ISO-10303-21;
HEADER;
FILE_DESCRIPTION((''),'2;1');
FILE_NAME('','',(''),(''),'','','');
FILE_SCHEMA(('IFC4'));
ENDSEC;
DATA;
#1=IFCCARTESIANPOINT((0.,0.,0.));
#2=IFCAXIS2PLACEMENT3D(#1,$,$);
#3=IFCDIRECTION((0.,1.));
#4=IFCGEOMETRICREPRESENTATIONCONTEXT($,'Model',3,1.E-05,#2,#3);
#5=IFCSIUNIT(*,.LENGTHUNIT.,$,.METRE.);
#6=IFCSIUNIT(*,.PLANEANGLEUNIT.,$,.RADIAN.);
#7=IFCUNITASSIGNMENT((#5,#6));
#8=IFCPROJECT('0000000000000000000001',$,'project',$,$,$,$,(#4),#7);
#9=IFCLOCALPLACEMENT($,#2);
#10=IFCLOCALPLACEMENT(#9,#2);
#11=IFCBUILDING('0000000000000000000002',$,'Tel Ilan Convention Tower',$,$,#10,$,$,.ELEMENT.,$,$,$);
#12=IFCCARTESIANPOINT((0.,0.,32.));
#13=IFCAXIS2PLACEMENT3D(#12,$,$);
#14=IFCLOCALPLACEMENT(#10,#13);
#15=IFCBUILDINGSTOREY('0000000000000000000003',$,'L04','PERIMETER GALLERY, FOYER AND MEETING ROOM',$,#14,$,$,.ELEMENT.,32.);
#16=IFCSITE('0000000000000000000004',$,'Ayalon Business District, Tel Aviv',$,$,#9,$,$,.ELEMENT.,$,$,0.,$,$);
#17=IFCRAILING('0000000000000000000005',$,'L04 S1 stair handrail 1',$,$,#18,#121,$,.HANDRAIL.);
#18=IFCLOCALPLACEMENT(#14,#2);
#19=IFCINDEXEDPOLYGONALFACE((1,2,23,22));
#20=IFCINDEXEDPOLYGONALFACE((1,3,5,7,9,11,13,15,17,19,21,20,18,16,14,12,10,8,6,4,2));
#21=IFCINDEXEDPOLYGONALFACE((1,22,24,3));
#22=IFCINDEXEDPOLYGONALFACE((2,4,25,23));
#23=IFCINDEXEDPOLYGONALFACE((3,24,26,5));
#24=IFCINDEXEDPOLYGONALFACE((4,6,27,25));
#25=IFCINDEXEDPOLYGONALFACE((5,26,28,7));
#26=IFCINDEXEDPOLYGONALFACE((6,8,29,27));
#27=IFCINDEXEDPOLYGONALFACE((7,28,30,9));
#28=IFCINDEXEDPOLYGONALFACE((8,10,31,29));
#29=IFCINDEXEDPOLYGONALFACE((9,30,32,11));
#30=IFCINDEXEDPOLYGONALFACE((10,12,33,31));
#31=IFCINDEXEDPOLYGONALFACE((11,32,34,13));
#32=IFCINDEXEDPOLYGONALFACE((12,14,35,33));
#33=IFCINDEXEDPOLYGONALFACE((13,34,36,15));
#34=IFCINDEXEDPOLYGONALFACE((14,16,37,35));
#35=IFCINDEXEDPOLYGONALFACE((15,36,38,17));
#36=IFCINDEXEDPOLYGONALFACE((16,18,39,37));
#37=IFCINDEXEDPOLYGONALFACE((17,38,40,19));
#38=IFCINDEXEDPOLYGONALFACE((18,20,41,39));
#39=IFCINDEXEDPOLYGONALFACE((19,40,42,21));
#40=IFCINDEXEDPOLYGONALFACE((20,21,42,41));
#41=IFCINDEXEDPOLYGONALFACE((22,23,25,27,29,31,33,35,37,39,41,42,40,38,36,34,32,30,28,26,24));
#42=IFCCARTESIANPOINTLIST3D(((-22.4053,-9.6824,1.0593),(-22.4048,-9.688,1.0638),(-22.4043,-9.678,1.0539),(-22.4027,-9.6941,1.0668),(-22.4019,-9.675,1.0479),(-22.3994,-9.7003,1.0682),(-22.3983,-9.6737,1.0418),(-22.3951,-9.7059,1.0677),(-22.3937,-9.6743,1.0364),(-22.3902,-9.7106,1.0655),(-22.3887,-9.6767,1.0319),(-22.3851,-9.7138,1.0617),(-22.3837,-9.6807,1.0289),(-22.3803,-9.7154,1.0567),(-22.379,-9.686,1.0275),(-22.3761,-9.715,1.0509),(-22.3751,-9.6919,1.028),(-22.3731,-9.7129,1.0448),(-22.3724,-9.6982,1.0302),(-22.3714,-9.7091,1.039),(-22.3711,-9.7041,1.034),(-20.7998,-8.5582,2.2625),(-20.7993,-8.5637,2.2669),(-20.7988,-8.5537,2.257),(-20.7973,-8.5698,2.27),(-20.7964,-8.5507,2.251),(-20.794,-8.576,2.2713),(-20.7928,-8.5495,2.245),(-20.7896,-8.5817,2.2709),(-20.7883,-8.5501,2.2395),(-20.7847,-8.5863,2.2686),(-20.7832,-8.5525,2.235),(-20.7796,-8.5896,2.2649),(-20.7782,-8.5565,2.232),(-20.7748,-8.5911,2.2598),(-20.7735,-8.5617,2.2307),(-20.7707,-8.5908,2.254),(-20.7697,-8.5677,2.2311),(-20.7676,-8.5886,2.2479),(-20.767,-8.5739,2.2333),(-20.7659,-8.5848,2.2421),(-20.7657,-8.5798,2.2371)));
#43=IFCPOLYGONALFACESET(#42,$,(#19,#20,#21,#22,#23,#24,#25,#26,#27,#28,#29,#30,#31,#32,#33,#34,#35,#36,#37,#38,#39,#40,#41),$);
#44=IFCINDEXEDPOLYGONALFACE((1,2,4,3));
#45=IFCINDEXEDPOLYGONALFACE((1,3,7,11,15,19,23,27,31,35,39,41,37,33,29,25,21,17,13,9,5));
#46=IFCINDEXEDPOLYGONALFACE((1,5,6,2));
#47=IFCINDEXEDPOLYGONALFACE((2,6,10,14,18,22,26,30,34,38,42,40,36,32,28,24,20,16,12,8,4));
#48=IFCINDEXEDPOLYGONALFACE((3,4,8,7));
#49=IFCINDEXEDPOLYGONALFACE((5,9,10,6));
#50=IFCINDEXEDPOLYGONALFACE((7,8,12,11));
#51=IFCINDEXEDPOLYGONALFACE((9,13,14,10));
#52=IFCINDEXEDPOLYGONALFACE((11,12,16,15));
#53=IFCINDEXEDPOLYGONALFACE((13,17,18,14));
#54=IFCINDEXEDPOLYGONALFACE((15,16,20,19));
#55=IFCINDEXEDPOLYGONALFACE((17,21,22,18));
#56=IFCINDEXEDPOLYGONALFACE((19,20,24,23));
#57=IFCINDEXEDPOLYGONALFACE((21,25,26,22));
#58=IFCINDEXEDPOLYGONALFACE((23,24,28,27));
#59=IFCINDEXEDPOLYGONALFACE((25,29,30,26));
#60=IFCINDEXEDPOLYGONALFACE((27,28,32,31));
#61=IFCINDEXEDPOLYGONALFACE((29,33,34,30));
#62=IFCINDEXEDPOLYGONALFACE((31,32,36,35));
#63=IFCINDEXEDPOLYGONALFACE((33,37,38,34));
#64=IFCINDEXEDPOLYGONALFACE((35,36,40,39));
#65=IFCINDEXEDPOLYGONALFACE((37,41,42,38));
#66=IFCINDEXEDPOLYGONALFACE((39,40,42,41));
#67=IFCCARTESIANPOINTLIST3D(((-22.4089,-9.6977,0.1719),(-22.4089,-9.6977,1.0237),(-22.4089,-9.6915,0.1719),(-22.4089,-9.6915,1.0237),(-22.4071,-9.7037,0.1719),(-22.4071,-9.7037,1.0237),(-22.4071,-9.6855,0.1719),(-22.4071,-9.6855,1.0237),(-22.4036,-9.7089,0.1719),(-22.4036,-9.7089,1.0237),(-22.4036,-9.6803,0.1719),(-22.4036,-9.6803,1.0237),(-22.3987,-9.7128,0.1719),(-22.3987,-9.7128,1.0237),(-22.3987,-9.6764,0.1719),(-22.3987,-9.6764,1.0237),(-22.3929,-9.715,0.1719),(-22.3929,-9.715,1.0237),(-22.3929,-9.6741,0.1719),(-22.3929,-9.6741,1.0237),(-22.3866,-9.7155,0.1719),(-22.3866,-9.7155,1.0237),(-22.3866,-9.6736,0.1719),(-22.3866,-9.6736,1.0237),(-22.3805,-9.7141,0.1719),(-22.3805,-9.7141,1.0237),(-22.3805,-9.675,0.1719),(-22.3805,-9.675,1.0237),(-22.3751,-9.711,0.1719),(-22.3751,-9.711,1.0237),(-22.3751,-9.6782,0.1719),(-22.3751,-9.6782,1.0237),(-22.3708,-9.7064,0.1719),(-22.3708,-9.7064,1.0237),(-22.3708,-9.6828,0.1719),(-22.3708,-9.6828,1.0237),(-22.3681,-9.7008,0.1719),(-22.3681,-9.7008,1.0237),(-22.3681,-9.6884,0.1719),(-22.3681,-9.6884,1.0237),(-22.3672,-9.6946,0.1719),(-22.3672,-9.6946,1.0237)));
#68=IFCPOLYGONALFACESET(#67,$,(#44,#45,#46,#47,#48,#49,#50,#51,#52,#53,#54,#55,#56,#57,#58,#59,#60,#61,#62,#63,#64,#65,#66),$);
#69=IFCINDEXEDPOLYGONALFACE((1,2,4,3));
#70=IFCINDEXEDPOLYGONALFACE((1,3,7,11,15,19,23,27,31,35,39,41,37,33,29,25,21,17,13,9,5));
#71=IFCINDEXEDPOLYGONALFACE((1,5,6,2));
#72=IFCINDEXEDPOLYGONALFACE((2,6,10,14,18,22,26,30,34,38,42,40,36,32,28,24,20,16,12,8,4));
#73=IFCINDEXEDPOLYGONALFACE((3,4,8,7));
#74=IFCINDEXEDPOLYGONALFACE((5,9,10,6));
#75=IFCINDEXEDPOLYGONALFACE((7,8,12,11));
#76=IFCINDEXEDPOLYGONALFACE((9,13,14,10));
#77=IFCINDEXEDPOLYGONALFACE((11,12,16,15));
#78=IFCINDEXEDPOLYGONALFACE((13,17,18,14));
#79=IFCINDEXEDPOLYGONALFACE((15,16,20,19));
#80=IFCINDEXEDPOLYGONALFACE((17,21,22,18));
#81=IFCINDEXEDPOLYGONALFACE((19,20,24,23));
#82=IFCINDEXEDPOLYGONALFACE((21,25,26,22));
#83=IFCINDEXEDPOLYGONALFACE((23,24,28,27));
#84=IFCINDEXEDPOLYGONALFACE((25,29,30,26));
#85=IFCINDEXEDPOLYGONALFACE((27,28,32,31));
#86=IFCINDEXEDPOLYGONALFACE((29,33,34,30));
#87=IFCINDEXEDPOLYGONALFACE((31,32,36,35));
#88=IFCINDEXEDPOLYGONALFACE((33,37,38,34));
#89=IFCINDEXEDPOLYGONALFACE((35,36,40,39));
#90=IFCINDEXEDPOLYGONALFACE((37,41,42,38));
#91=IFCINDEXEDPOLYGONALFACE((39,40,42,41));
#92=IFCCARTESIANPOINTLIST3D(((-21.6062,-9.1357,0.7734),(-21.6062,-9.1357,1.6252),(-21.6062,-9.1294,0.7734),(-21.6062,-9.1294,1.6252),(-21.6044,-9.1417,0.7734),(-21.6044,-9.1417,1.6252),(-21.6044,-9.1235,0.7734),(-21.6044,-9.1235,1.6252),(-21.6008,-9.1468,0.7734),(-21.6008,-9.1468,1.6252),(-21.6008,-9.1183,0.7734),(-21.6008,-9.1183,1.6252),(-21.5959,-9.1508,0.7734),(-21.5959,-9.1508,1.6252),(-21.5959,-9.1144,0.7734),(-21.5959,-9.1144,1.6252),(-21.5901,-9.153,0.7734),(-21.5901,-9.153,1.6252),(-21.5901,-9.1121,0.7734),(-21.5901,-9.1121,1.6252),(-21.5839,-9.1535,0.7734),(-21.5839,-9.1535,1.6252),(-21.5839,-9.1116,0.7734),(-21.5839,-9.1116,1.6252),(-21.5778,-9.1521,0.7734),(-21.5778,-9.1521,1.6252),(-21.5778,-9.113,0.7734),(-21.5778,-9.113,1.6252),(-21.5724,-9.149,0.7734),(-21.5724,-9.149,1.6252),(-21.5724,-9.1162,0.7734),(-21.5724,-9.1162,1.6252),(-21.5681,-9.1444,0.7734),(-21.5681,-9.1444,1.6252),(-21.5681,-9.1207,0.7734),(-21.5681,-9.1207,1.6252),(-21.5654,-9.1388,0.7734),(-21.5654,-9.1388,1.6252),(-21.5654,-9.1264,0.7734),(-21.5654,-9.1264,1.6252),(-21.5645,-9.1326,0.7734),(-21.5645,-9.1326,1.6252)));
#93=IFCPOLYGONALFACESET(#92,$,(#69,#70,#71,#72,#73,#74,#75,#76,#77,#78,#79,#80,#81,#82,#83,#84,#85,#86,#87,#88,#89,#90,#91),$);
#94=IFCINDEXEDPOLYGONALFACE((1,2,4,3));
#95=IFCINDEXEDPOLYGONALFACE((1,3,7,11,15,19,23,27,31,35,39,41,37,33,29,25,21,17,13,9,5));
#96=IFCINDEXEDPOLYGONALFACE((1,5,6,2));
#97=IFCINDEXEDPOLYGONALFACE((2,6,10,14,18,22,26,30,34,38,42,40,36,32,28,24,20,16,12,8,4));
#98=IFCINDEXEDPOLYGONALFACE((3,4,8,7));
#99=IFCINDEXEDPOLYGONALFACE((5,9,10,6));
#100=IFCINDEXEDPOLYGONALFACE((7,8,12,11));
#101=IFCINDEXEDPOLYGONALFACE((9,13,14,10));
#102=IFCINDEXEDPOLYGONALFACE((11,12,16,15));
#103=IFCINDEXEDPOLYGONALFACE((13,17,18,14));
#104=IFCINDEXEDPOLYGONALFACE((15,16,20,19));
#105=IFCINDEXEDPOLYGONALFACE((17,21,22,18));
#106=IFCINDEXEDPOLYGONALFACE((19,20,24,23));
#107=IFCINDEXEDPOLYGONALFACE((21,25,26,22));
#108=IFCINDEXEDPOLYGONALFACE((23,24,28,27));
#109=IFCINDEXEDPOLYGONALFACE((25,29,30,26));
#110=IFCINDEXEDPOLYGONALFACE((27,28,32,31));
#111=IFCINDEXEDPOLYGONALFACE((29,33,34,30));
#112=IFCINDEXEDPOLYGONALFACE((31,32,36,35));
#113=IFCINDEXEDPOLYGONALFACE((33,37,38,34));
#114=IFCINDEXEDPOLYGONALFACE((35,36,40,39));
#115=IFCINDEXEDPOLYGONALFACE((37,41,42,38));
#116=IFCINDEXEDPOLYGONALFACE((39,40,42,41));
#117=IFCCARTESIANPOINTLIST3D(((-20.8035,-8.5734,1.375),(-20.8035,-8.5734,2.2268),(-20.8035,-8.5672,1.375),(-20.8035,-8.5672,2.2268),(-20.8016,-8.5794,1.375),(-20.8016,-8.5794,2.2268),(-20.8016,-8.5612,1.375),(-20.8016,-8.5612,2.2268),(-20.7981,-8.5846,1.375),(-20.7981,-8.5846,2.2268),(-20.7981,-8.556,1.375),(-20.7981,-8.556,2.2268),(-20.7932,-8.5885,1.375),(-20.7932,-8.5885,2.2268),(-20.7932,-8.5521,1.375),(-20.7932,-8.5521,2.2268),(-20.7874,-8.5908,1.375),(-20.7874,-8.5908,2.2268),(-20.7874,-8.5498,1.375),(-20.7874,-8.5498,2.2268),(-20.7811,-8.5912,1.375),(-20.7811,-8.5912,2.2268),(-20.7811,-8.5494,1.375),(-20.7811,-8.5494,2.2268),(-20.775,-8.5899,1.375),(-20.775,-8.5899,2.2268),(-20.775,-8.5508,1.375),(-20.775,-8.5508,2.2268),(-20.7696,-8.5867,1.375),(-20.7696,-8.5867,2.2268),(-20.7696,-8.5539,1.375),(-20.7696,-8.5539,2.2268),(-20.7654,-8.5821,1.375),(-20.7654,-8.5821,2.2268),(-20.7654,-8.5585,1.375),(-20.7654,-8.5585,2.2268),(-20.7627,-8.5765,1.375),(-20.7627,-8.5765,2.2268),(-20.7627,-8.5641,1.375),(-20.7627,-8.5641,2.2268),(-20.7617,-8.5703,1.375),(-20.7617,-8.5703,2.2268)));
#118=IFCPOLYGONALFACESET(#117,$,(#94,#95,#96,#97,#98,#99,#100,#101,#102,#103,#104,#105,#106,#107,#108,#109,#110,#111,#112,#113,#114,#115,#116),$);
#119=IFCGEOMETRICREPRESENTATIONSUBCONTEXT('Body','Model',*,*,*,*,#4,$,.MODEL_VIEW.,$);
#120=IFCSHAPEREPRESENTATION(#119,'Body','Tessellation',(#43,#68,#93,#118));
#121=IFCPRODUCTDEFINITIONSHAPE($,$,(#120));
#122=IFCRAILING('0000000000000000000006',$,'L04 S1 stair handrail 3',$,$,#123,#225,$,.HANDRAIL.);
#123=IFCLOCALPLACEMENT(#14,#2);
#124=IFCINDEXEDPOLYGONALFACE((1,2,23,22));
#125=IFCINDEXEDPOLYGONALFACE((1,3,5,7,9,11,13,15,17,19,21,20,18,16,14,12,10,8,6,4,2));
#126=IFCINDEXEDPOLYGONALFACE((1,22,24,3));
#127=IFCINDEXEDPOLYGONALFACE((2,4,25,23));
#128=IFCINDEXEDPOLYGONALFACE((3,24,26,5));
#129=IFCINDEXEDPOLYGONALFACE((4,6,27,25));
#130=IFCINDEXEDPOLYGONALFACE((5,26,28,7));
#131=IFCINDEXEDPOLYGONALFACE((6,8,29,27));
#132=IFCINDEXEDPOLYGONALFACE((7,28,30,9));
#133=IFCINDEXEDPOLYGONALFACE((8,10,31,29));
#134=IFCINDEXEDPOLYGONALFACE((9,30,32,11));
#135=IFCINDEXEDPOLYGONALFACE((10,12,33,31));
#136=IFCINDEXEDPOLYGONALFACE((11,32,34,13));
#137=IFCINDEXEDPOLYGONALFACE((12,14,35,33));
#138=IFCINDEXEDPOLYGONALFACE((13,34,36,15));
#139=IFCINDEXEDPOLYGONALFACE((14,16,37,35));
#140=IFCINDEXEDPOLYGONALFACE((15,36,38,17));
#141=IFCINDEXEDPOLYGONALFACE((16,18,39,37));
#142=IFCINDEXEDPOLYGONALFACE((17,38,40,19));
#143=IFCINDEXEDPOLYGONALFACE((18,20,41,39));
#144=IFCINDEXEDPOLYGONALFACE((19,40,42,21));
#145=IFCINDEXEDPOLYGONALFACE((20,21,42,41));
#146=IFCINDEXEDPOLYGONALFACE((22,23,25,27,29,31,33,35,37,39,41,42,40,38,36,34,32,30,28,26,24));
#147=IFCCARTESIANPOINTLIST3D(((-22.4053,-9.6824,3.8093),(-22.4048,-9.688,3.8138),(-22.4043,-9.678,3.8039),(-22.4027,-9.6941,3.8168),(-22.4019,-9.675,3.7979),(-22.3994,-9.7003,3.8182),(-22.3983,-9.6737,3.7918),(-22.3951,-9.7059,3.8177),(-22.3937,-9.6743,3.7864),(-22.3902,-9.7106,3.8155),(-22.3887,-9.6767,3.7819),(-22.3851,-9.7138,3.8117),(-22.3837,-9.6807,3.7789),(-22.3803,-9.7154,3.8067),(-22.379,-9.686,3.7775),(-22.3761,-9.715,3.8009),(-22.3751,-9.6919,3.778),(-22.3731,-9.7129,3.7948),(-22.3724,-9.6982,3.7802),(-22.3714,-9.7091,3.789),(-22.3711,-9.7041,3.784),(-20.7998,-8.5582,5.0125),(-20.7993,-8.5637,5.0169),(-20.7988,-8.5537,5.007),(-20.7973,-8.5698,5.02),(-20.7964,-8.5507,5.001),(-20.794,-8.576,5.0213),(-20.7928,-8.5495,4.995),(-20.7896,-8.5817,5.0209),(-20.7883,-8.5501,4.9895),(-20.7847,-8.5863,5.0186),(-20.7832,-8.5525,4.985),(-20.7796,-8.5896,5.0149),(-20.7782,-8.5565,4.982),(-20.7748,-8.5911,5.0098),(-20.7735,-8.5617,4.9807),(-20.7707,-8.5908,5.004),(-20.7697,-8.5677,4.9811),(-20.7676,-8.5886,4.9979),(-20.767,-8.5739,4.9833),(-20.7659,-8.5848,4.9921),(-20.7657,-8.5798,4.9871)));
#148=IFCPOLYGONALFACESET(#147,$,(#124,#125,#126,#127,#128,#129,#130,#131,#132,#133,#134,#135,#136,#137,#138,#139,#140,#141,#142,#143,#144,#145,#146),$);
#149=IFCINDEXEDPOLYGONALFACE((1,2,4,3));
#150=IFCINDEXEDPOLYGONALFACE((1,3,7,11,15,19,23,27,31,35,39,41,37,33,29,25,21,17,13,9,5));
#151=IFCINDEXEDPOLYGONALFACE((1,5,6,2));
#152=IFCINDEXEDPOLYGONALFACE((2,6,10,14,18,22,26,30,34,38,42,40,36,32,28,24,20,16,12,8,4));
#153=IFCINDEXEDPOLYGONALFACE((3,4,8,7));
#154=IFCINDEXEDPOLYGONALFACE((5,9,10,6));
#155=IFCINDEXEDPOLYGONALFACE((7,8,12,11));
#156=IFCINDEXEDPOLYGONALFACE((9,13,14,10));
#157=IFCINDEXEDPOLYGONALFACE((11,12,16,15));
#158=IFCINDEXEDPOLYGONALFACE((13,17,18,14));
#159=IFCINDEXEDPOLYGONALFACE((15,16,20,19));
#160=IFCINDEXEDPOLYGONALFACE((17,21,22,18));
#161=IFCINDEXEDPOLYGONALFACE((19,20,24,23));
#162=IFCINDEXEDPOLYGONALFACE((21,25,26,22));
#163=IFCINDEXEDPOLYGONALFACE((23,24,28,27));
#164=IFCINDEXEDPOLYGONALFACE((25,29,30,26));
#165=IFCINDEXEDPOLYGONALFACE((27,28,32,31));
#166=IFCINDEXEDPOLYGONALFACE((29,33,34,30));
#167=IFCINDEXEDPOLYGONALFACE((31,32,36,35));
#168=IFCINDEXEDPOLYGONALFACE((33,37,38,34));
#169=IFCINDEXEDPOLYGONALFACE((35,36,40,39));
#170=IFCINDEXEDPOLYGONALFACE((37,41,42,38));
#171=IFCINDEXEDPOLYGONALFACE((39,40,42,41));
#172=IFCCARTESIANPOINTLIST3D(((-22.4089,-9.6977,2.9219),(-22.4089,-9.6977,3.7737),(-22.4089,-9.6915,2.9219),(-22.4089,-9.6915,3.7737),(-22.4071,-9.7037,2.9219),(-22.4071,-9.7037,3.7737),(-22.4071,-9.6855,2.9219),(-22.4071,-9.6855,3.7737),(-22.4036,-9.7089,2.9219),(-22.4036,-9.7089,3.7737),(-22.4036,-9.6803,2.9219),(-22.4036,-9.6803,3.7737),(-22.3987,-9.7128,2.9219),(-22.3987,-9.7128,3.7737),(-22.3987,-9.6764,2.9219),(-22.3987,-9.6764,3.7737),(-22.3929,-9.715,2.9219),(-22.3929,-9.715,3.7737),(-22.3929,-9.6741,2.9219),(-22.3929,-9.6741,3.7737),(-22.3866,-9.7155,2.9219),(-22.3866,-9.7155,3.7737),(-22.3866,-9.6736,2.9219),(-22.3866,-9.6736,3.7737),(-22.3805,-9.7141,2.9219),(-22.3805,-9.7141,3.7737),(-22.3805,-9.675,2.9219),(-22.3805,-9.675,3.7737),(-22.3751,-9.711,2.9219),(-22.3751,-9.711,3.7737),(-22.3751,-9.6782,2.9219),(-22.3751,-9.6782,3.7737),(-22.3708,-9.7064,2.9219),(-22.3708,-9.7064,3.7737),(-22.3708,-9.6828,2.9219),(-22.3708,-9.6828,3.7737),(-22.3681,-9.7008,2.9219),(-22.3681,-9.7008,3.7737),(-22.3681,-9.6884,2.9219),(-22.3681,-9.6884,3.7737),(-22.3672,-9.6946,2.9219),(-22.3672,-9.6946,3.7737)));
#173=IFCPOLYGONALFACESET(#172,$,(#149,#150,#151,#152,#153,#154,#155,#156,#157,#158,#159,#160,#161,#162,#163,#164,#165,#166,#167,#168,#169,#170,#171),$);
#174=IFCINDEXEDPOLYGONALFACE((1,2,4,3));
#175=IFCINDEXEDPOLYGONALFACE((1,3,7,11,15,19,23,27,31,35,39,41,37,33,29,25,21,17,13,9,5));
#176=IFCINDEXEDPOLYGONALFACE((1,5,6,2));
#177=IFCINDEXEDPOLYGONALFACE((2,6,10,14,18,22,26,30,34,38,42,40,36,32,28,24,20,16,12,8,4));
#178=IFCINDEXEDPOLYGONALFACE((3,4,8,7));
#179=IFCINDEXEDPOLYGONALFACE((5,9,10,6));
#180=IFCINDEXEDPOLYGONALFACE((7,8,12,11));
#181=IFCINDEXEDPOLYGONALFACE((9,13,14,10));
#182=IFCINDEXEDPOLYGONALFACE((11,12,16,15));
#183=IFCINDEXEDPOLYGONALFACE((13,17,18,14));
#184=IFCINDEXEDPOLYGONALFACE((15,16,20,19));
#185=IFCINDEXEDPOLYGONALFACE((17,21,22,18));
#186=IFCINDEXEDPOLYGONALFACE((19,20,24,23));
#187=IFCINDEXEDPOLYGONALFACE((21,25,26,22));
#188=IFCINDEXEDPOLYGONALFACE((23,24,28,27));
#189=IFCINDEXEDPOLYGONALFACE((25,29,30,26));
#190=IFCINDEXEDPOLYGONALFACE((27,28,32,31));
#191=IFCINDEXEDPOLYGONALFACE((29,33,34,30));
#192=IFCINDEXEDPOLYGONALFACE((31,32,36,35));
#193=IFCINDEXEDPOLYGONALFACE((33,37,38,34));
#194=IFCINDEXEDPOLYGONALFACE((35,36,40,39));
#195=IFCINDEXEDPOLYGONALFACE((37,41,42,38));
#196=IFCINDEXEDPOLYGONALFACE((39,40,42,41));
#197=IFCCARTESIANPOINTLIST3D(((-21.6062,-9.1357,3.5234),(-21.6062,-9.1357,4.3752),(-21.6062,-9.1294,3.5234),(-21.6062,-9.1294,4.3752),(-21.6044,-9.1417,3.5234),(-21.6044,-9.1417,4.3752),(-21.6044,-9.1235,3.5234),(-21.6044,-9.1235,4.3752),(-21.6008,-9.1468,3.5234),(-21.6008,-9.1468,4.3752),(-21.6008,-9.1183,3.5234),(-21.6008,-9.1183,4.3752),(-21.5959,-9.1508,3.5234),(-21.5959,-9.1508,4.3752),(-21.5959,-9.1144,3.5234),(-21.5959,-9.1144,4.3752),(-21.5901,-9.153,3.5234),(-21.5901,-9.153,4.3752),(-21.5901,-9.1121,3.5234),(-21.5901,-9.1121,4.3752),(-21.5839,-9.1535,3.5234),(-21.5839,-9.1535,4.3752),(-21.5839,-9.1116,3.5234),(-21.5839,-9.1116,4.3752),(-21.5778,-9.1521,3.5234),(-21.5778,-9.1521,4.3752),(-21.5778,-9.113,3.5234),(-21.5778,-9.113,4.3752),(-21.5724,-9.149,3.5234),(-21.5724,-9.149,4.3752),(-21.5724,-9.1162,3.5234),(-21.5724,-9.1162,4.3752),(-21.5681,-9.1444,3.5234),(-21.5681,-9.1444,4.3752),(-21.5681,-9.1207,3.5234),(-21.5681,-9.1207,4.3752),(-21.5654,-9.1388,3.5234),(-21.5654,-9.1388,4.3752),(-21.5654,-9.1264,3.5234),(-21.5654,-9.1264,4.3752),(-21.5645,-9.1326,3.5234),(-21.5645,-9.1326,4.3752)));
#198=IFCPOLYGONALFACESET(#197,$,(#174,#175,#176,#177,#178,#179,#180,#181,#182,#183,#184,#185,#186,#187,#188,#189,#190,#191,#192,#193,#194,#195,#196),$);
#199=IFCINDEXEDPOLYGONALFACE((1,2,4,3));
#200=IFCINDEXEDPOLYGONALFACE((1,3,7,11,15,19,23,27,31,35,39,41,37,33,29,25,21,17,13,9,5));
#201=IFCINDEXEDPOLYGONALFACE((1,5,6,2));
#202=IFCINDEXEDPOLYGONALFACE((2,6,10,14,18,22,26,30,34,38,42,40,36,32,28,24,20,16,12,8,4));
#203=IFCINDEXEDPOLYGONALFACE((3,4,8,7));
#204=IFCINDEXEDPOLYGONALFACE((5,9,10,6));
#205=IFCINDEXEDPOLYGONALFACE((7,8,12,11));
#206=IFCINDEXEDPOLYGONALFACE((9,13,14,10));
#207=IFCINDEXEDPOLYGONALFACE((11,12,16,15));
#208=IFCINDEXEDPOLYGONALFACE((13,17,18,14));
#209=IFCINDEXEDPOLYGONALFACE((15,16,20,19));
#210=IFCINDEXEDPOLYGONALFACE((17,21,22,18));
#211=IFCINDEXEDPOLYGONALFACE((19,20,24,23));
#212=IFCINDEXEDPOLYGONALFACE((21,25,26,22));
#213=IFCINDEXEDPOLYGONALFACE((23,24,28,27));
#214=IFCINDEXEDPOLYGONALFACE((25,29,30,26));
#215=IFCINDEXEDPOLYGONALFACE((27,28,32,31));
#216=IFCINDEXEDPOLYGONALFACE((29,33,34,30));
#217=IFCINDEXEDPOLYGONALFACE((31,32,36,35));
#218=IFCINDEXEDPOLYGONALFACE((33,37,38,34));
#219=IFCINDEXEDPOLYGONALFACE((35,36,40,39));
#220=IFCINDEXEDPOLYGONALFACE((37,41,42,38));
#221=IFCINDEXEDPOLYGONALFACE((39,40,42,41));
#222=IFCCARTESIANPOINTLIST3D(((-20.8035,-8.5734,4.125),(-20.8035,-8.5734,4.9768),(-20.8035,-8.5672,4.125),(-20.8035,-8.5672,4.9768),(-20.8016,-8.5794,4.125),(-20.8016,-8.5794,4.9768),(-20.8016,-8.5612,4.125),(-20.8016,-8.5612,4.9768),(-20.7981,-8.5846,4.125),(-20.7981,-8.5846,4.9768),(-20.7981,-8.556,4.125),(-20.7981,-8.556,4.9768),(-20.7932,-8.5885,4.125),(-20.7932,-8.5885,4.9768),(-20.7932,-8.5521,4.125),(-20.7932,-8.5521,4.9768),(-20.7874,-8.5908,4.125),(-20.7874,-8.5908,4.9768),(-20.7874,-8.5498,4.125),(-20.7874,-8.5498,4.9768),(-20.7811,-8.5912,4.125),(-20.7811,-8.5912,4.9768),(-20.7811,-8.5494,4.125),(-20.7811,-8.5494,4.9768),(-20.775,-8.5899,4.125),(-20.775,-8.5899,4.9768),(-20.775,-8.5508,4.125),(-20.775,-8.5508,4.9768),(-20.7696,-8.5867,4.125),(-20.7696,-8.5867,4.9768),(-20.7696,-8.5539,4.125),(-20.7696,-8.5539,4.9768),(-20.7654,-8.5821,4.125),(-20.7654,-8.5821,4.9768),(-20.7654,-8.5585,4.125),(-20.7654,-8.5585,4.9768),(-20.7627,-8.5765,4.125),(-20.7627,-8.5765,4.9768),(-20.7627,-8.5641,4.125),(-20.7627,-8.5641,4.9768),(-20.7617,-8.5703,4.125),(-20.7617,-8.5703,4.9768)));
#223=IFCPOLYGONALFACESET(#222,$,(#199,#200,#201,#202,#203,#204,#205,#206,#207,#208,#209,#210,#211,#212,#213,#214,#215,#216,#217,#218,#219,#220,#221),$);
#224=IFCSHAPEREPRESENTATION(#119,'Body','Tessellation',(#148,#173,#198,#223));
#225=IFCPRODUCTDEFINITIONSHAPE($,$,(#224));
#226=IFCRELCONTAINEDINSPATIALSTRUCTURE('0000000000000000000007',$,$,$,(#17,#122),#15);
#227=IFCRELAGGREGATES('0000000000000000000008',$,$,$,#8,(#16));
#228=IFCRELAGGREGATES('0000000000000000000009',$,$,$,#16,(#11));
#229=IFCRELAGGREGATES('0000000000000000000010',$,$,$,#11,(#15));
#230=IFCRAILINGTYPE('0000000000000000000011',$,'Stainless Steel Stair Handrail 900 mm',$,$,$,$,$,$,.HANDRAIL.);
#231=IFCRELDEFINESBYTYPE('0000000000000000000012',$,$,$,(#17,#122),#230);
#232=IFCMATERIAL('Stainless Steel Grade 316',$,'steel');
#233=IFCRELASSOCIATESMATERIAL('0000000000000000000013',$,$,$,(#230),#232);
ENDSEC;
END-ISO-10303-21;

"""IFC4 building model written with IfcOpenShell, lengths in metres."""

from ifc_helpers import new_model, si_unit, direction, frame, origin, origin_2d, place, context, subcontext, project, spatial, circle, extrude, material, type_object, element, save


model = new_model("IFC4")

# Units and contexts
model_context = context("Model", 3, precision=1e-05, world=origin(), true_north=direction((0.0, 1.0)))
body_context = subcontext(model_context, "Body", "Model", "MODEL_VIEW")
ifc_project = project(units=[si_unit("LENGTHUNIT", "METRE"), si_unit("PLANEANGLEUNIT", "RADIAN")], contexts=[model_context])

# Site, building, storey
site_placement = place(None, origin())
site = spatial("IfcSite", under=ifc_project, at=site_placement, Name="Ayalon Business District, Tel Aviv", CompositionType="ELEMENT", RefElevation=0.0)
building_placement = place(site_placement, origin())
building = spatial("IfcBuilding", under=site, at=building_placement, Name="Tel Ilan Convention Tower", CompositionType="ELEMENT")
storey_placement = place(building_placement, frame((0.0, 0.0, 32.0)))
storey = spatial("IfcBuildingStorey", under=building, at=storey_placement, Name="L04", Description="PERIMETER GALLERY, FOYER AND MEETING ROOM", CompositionType="ELEMENT", Elevation=32.0)

# Railings
ifc_material_1 = material(Name="Stainless Steel Grade 316", Category="steel")
railing_type_1 = type_object("IfcRailingType", Name="Stainless Steel Stair Handrail 900 mm", PredefinedType="HANDRAIL", material=ifc_material_1)
for number, where, name in (
    (1, (-22.3882, -9.6946, 0.1719), "L04 S1 stair handrail 1"),
    (2, (-22.3882, -9.6946, 2.9219), "L04 S1 stair handrail 3"),
):
    element("IfcRailing", number, at=place(storey_placement, frame(where)), inside=storey, type_object=railing_type_1, Name=name, PredefinedType="HANDRAIL", context=body_context, shape_type="SweptSolid", body=[
        extrude(circle(Radius=0.0239, at=origin_2d()), frame((0.0, 0.0, 0.876), z_axis=(0.698095, 0.488857, 0.523146), x_axis=(-0.573613, 0.819127, 0.0)), (0.0, 0.0, 1.0), 2.2998),
        extrude(circle(Radius=0.021, at=origin_2d()), origin(), (0.0, 0.0, 1.0), 0.8518),
        extrude(circle(Radius=0.021, at=origin_2d()), frame((0.8027, 0.562, 0.6016)), (0.0, 0.0, 1.0), 0.8518),
        extrude(circle(Radius=0.021, at=origin_2d()), frame((1.6055, 1.1243, 1.2031)), (0.0, 0.0, 1.0), 0.8518),
    ])

save(model, "model.ifc")
